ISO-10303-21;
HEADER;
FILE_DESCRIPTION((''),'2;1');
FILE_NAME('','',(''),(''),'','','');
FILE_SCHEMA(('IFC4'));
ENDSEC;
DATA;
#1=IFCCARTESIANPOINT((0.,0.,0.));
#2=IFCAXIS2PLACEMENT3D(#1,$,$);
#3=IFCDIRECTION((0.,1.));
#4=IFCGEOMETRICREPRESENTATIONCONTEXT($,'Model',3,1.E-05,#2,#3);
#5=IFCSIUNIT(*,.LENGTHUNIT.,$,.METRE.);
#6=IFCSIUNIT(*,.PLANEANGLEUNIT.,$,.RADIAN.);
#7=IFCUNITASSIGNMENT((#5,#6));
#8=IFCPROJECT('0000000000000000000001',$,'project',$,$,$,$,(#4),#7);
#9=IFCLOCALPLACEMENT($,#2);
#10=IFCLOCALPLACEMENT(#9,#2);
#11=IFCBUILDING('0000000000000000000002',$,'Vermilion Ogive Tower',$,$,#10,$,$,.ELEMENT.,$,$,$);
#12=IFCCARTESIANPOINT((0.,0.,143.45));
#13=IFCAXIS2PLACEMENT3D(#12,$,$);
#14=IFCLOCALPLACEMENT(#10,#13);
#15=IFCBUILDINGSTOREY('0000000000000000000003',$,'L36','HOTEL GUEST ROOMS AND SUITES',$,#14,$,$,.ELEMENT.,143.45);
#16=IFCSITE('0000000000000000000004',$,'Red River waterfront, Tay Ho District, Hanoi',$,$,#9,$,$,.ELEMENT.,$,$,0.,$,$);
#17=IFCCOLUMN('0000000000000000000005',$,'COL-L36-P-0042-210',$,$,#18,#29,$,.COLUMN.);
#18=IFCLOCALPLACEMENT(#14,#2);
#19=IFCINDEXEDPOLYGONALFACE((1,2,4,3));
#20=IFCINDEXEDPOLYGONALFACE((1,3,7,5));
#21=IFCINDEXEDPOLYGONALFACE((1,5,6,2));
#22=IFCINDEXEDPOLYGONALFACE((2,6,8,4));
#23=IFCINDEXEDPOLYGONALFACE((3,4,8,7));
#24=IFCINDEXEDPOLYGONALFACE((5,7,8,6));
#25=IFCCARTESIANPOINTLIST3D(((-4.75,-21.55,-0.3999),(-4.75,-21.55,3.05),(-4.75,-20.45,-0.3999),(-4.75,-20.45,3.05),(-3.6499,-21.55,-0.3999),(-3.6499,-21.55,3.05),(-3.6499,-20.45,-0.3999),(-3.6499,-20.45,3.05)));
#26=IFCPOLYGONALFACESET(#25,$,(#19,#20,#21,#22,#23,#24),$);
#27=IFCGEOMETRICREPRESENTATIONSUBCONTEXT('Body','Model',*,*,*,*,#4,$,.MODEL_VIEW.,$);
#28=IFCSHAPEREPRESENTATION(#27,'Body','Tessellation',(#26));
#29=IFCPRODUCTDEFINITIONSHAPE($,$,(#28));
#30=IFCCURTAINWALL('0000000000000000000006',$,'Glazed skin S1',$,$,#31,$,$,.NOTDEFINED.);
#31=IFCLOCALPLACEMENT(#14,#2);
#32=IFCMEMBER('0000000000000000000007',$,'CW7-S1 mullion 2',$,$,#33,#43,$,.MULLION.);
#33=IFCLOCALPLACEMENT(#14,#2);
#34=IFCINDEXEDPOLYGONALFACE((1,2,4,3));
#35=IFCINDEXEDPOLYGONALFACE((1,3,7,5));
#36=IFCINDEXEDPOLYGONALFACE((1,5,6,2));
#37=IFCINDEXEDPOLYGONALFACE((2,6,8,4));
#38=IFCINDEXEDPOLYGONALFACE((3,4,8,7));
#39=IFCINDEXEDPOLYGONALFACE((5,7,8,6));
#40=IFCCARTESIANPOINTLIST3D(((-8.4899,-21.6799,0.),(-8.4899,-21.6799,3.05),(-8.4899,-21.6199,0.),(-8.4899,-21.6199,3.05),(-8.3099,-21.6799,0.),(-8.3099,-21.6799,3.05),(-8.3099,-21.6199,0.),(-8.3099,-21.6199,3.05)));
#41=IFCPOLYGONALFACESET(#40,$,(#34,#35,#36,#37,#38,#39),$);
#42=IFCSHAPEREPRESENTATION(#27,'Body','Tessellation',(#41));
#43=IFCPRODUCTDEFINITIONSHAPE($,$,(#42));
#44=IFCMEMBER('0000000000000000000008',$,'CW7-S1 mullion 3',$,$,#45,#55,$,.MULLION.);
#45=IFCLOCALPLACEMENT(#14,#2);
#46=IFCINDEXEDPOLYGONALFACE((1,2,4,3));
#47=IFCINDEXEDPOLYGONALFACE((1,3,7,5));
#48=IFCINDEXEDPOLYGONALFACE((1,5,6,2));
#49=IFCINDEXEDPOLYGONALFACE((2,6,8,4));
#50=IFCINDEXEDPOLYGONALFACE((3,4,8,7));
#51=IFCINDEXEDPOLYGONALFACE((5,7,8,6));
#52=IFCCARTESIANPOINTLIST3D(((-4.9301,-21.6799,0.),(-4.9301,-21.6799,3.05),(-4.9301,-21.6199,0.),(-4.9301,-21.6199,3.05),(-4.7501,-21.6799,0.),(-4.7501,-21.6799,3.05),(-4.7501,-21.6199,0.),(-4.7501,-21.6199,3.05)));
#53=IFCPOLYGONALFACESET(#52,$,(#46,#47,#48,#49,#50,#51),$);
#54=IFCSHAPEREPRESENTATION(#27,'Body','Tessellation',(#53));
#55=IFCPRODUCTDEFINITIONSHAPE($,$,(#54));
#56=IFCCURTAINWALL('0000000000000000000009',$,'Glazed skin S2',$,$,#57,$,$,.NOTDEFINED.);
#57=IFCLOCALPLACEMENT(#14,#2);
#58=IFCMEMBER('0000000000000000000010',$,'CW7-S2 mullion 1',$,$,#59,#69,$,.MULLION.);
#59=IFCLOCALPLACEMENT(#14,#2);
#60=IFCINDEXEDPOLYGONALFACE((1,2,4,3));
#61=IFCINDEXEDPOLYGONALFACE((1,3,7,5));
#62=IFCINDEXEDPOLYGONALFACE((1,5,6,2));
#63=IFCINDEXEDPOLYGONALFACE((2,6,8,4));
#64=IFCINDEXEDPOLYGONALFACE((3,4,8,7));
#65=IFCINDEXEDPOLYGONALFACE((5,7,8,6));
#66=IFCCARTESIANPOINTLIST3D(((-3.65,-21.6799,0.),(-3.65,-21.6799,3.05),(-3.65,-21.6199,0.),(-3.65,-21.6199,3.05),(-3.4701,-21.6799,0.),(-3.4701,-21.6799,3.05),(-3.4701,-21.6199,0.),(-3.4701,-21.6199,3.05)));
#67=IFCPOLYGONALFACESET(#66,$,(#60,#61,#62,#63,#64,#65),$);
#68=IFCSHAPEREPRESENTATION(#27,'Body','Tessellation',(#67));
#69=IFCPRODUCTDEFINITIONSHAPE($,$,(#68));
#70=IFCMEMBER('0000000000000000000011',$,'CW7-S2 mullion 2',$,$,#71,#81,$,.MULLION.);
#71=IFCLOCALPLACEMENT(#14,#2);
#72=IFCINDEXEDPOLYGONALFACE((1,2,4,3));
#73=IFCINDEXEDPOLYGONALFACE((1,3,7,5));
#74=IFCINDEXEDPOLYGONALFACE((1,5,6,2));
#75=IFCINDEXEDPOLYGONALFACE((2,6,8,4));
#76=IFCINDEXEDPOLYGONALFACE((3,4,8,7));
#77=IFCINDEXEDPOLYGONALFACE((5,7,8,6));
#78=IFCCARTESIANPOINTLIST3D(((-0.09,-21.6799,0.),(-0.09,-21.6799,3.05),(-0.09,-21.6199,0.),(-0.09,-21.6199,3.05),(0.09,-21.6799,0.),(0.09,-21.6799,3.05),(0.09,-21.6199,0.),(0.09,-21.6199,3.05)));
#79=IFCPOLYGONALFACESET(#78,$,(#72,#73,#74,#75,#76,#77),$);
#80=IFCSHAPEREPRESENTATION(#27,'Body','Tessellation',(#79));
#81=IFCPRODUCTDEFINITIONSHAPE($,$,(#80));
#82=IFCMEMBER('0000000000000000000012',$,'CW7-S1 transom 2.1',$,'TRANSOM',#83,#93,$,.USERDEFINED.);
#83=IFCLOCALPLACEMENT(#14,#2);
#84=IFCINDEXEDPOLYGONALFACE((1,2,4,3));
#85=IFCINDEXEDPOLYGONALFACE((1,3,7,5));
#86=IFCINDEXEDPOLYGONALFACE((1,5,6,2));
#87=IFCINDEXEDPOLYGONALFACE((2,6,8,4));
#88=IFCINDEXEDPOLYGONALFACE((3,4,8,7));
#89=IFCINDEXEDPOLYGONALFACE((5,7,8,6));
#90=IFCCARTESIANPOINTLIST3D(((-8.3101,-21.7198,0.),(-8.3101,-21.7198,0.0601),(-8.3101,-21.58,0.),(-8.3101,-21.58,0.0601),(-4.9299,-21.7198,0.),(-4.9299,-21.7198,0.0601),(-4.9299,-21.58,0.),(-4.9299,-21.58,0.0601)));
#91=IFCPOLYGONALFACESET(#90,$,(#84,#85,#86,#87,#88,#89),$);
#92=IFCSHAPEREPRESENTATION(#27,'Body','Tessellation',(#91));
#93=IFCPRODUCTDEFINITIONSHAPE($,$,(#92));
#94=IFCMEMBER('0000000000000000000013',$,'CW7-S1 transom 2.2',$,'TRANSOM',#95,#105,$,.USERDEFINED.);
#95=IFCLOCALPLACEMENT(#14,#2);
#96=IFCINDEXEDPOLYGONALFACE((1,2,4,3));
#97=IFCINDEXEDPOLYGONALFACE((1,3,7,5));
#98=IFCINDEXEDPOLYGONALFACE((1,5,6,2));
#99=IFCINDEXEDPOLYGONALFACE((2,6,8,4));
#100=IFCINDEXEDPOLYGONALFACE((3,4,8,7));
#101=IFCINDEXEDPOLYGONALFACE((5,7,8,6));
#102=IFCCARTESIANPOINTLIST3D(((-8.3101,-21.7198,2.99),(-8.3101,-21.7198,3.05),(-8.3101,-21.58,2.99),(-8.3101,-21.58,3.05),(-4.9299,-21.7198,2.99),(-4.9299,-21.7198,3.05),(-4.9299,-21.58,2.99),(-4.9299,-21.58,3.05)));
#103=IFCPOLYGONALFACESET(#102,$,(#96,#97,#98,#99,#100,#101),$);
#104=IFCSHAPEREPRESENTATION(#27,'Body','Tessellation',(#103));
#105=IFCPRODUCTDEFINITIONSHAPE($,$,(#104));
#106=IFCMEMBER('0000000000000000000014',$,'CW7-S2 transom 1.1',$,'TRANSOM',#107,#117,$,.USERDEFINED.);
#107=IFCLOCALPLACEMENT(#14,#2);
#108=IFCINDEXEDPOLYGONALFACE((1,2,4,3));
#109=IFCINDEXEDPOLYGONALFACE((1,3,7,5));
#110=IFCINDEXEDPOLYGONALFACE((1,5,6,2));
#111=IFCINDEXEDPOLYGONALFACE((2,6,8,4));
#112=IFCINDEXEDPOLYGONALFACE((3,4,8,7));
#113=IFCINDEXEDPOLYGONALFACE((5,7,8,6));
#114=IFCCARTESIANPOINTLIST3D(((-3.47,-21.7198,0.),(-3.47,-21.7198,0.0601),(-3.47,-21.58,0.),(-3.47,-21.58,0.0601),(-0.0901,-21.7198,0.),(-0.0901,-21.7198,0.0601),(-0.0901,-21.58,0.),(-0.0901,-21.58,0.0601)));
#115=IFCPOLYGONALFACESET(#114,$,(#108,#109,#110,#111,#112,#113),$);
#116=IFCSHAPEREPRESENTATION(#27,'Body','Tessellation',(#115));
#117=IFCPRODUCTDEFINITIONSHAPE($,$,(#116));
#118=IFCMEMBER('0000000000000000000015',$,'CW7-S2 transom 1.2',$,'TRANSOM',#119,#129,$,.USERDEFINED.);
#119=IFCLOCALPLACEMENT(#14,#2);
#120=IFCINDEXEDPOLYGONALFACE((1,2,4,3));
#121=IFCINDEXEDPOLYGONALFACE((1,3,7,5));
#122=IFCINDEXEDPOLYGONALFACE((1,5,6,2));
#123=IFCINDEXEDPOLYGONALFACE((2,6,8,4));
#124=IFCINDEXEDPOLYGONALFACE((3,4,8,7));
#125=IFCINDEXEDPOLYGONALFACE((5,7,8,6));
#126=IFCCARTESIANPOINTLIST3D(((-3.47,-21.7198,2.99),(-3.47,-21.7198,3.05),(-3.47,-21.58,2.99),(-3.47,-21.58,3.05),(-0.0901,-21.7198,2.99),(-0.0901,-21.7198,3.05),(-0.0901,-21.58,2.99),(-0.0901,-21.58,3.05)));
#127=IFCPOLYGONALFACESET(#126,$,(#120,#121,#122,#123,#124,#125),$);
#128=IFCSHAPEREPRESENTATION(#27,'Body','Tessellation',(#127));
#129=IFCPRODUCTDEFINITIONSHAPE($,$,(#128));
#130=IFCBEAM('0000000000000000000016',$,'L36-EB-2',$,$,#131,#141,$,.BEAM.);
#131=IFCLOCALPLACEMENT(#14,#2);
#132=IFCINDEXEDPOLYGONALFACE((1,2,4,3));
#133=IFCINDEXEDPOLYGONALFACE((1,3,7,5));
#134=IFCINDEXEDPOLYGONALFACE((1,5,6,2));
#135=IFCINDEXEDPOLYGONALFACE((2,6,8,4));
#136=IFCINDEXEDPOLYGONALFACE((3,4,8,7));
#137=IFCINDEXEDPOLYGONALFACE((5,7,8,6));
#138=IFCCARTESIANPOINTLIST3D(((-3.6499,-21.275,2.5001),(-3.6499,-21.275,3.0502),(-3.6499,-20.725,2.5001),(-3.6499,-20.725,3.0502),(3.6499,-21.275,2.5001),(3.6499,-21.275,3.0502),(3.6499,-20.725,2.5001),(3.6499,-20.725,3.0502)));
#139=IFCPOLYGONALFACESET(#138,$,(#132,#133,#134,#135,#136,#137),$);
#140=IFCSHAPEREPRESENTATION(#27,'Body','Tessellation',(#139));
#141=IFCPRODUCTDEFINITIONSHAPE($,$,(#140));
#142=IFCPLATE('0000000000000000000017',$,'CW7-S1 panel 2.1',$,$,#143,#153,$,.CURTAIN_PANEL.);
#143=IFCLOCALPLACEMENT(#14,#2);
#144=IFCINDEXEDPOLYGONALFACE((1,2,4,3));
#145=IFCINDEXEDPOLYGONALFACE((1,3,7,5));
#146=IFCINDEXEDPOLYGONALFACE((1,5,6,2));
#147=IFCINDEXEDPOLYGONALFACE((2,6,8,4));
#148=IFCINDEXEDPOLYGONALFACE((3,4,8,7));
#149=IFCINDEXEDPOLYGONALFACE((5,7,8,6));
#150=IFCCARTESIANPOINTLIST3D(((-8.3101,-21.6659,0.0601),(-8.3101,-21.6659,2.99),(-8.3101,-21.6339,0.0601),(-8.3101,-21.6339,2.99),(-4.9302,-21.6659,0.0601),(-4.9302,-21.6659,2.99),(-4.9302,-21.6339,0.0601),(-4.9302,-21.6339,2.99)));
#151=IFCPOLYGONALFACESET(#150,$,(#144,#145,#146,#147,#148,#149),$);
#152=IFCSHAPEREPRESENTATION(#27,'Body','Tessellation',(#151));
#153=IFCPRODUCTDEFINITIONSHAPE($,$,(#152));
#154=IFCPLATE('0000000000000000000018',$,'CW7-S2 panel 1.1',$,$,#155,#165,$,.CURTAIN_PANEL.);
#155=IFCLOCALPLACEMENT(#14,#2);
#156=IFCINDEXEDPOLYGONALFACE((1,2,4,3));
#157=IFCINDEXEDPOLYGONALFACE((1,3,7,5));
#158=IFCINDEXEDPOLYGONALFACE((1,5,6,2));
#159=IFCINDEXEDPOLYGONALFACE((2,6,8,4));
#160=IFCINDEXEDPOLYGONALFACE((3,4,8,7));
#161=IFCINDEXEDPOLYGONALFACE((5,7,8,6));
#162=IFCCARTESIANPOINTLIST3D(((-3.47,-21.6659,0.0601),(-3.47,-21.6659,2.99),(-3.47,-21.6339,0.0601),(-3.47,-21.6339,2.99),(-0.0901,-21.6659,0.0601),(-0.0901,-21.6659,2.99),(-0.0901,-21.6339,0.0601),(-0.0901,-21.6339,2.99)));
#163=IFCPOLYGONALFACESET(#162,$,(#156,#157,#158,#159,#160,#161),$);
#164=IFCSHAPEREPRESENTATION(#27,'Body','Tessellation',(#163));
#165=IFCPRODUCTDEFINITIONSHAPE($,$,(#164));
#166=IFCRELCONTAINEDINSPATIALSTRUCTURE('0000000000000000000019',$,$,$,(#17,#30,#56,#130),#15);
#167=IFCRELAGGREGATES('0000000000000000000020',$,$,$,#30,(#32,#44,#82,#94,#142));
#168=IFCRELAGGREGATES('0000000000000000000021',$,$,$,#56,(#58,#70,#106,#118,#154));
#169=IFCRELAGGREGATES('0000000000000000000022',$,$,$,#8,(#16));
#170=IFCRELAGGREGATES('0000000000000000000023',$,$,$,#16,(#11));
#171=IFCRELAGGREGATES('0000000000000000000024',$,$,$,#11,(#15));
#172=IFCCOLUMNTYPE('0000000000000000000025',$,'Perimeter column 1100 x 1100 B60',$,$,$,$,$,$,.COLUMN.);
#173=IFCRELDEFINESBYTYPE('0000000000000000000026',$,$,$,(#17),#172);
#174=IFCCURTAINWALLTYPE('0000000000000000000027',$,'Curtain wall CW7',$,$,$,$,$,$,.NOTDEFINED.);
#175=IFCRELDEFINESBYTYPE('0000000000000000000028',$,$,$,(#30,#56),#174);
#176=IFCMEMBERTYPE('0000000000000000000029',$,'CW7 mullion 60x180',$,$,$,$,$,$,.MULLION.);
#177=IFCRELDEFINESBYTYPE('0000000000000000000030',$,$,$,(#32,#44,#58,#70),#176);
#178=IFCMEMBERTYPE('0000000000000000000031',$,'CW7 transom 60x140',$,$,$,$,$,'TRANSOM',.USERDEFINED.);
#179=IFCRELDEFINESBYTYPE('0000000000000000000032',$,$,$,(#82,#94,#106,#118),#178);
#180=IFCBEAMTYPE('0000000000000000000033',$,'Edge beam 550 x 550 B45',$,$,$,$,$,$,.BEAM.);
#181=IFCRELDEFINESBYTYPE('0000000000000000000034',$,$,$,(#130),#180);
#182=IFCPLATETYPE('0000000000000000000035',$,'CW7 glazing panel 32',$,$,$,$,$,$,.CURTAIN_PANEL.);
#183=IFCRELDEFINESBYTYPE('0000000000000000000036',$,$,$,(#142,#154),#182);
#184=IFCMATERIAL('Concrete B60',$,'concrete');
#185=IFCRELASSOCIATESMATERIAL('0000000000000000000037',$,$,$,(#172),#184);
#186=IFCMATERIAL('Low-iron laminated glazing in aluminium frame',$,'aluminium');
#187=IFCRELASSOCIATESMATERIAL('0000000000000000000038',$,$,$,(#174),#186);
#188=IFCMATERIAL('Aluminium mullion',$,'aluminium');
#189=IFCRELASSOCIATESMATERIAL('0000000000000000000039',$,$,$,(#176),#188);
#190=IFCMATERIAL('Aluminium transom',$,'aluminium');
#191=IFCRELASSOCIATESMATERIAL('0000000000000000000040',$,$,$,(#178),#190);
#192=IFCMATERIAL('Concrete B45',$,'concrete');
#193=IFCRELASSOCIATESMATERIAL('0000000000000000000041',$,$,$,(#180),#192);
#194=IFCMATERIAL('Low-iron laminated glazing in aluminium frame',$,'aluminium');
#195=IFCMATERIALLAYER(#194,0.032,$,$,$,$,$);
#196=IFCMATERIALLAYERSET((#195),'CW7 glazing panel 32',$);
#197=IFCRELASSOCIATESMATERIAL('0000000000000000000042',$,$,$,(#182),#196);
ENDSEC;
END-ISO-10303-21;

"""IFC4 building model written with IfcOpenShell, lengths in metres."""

from ifc_helpers import new_model, si_unit, direction, frame, origin, origin_2d, place, context, subcontext, project, spatial, rectangle, extrude, material, layer, layer_set, material_profile, profile_set, type_object, element, aggregate, save


model = new_model("IFC4")

# Units and contexts
model_context = context("Model", 3, precision=1e-05, world=origin(), true_north=direction((0.0, 1.0)))
body_context = subcontext(model_context, "Body", "Model", "MODEL_VIEW")
ifc_project = project(units=[si_unit("LENGTHUNIT", "METRE"), si_unit("PLANEANGLEUNIT", "RADIAN")], contexts=[model_context])

# Site, building, storey
site_placement = place(None, origin())
site = spatial("IfcSite", under=ifc_project, at=site_placement, Name="Red River waterfront, Tay Ho District, Hanoi", CompositionType="ELEMENT", RefElevation=0.0)
building_placement = place(site_placement, origin())
building = spatial("IfcBuilding", under=site, at=building_placement, Name="Vermilion Ogive Tower", CompositionType="ELEMENT")
storey_placement = place(building_placement, frame((0.0, 0.0, 143.45)))
storey = spatial("IfcBuildingStorey", under=building, at=storey_placement, Name="L36", Description="HOTEL GUEST ROOMS AND SUITES", CompositionType="ELEMENT", Elevation=143.45)

# Column
ifc_material_1 = material(Name="Concrete B60", Category="concrete")
ifc_material_profile_1 = material_profile(ifc_material_1, rectangle(XDim=1.1001, YDim=1.1001, at=origin_2d()), Name="1100 x 1100")
ifc_profile_set_1 = profile_set([ifc_material_profile_1], Name="Concrete B60")
column_type = type_object("IfcColumnType", Name="Perimeter column 1100 x 1100 B60", PredefinedType="COLUMN", material=ifc_profile_set_1)
column_placement = place(storey_placement, frame((-4.2, -21.0, -0.3999), z_axis=(0.0, 0.0, 1.0), x_axis=(1.0, 0.0, 0.0)))
element("IfcColumn", 1, at=column_placement, inside=storey, type_object=column_type, Name="COL-L36-P-0042-210", PredefinedType="COLUMN", context=body_context, shape_type="SweptSolid", body=[
    extrude(rectangle(XDim=1.1001, YDim=1.1001, at=origin_2d()), origin(), (0.0, 0.0, 1.0), 3.45),
])

# Curtain walls, members
ifc_material_2 = material(Name="Low-iron laminated glazing in aluminium frame", Category="aluminium")
curtain_wall_type = type_object("IfcCurtainWallType", Name="Curtain wall CW7", PredefinedType="NOTDEFINED", material=ifc_material_2)
curtain_wall_1_placement = place(storey_placement, origin())
curtain_wall_1 = element("IfcCurtainWall", 2, at=curtain_wall_1_placement, inside=storey, type_object=curtain_wall_type, Name="Glazed skin S1", PredefinedType="NOTDEFINED")
ifc_material_3 = material(Name="Aluminium mullion", Category="aluminium")
ifc_material_profile_2 = material_profile(ifc_material_3, rectangle(XDim=0.0601, YDim=0.1799, at=origin_2d()), Name="AL 60x180")
ifc_profile_set_2 = profile_set([ifc_material_profile_2], Name="Aluminium mullion")
member_type_1 = type_object("IfcMemberType", Name="CW7 mullion 60x180", PredefinedType="MULLION", material=ifc_profile_set_2)
member_1_placement = place(storey_placement, frame((-8.3999, -21.6499, 0.0), z_axis=(0.0, 0.0, 1.0), x_axis=(0.0, 1.0, 0.0)))
member_1 = element("IfcMember", 3, at=member_1_placement, type_object=member_type_1, Name="CW7-S1 mullion 2", PredefinedType="MULLION", context=body_context, shape_type="SweptSolid", body=[
    extrude(rectangle(XDim=0.0601, YDim=0.1799, at=origin_2d()), origin(), (0.0, 0.0, 1.0), 3.05),
])
member_2_placement = place(storey_placement, frame((-4.8401, -21.6499, 0.0), z_axis=(0.0, 0.0, 1.0), x_axis=(0.0, 1.0, 0.0)))
member_2 = element("IfcMember", 4, at=member_2_placement, type_object=member_type_1, Name="CW7-S1 mullion 3", PredefinedType="MULLION", context=body_context, shape_type="SweptSolid", body=[
    extrude(rectangle(XDim=0.0601, YDim=0.1799, at=origin_2d()), origin(), (0.0, 0.0, 1.0), 3.05),
])
curtain_wall_2_placement = place(storey_placement, origin())
curtain_wall_2 = element("IfcCurtainWall", 5, at=curtain_wall_2_placement, inside=storey, type_object=curtain_wall_type, Name="Glazed skin S2", PredefinedType="NOTDEFINED")
member_3_placement = place(storey_placement, frame((-3.5601, -21.6499, 0.0), z_axis=(0.0, 0.0, 1.0), x_axis=(0.0, 1.0, 0.0)))
member_3 = element("IfcMember", 6, at=member_3_placement, type_object=member_type_1, Name="CW7-S2 mullion 1", PredefinedType="MULLION", context=body_context, shape_type="SweptSolid", body=[
    extrude(rectangle(XDim=0.0601, YDim=0.1799, at=origin_2d()), origin(), (0.0, 0.0, 1.0), 3.05),
])
member_4_placement = place(storey_placement, frame((0.0, -21.6499, 0.0), z_axis=(0.0, 0.0, 1.0), x_axis=(0.0, 1.0, 0.0)))
member_4 = element("IfcMember", 7, at=member_4_placement, type_object=member_type_1, Name="CW7-S2 mullion 2", PredefinedType="MULLION", context=body_context, shape_type="SweptSolid", body=[
    extrude(rectangle(XDim=0.0601, YDim=0.1799, at=origin_2d()), origin(), (0.0, 0.0, 1.0), 3.05),
])

# Members
ifc_material_4 = material(Name="Aluminium transom", Category="aluminium")
ifc_material_profile_3 = material_profile(ifc_material_4, rectangle(XDim=0.1399, YDim=0.0601, at=origin_2d()), Name="AL 60x140")
ifc_profile_set_3 = profile_set([ifc_material_profile_3], Name="Aluminium transom")
member_type_2 = type_object("IfcMemberType", Name="CW7 transom 60x140", ElementType="TRANSOM", PredefinedType="USERDEFINED", material=ifc_profile_set_3)
member_5_placement = place(storey_placement, frame((-8.3101, -21.6499, 0.03), z_axis=(1.0, 0.0, 0.0), x_axis=(0.0, 1.0, 0.0)))
member_5 = element("IfcMember", 8, at=member_5_placement, type_object=member_type_2, Name="CW7-S1 transom 2.1", ObjectType="TRANSOM", PredefinedType="USERDEFINED", context=body_context, shape_type="SweptSolid", body=[
    extrude(rectangle(XDim=0.1399, YDim=0.0601, at=origin_2d()), origin(), (0.0, 0.0, 1.0), 3.3801),
])
member_6_placement = place(storey_placement, frame((-8.3101, -21.6499, 3.02), z_axis=(1.0, 0.0, 0.0), x_axis=(0.0, 1.0, 0.0)))
member_6 = element("IfcMember", 9, at=member_6_placement, type_object=member_type_2, Name="CW7-S1 transom 2.2", ObjectType="TRANSOM", PredefinedType="USERDEFINED", context=body_context, shape_type="SweptSolid", body=[
    extrude(rectangle(XDim=0.1399, YDim=0.0601, at=origin_2d()), origin(), (0.0, 0.0, 1.0), 3.3801),
])
member_7_placement = place(storey_placement, frame((-3.47, -21.6499, 0.03), z_axis=(1.0, 0.0, 0.0), x_axis=(0.0, 1.0, 0.0)))
member_7 = element("IfcMember", 10, at=member_7_placement, type_object=member_type_2, Name="CW7-S2 transom 1.1", ObjectType="TRANSOM", PredefinedType="USERDEFINED", context=body_context, shape_type="SweptSolid", body=[
    extrude(rectangle(XDim=0.1399, YDim=0.0601, at=origin_2d()), origin(), (0.0, 0.0, 1.0), 3.3799),
])
member_8_placement = place(storey_placement, frame((-3.47, -21.6499, 3.02), z_axis=(1.0, 0.0, 0.0), x_axis=(0.0, 1.0, 0.0)))
member_8 = element("IfcMember", 11, at=member_8_placement, type_object=member_type_2, Name="CW7-S2 transom 1.2", ObjectType="TRANSOM", PredefinedType="USERDEFINED", context=body_context, shape_type="SweptSolid", body=[
    extrude(rectangle(XDim=0.1399, YDim=0.0601, at=origin_2d()), origin(), (0.0, 0.0, 1.0), 3.3799),
])

# Beam
ifc_material_5 = material(Name="Concrete B45", Category="concrete")
ifc_material_profile_4 = material_profile(ifc_material_5, rectangle(XDim=0.55, YDim=0.55, at=origin_2d()), Name="550 x 550")
ifc_profile_set_4 = profile_set([ifc_material_profile_4], Name="Concrete B45")
beam_type = type_object("IfcBeamType", Name="Edge beam 550 x 550 B45", PredefinedType="BEAM", material=ifc_profile_set_4)
beam_placement = place(storey_placement, frame((-3.6499, -21.0, 2.7751), z_axis=(1.0, 0.0, 0.0), x_axis=(0.0, 1.0, 0.0)))
element("IfcBeam", 12, at=beam_placement, inside=storey, type_object=beam_type, Name="L36-EB-2", PredefinedType="BEAM", context=body_context, shape_type="SweptSolid", body=[
    extrude(rectangle(XDim=0.55, YDim=0.55, at=origin_2d()), origin(), (0.0, 0.0, 1.0), 7.2998),
])

# Plates
ifc_material_6 = material(Name="Low-iron laminated glazing in aluminium frame", Category="aluminium")
ifc_layer_1 = layer(ifc_material_6, 0.032)
ifc_layer_set_1 = layer_set([ifc_layer_1], Name="CW7 glazing panel 32")
plate_type = type_object("IfcPlateType", Name="CW7 glazing panel 32", PredefinedType="CURTAIN_PANEL", material=ifc_layer_set_1)
plate_1_placement = place(storey_placement, frame((-6.6201, -21.6499, 0.0601), z_axis=(0.0, 0.0, 1.0), x_axis=(1.0, 0.0, 0.0)))
plate_1 = element("IfcPlate", 13, at=plate_1_placement, type_object=plate_type, Name="CW7-S1 panel 2.1", PredefinedType="CURTAIN_PANEL", context=body_context, shape_type="SweptSolid", body=[
    extrude(rectangle(XDim=3.3799, YDim=0.032, at=origin_2d()), origin(), (0.0, 0.0, 1.0), 2.9299),
])
aggregate(curtain_wall_1, [member_1, member_2, member_5, member_6, plate_1])
plate_2_placement = place(storey_placement, frame((-1.78, -21.6499, 0.0601), z_axis=(0.0, 0.0, 1.0), x_axis=(1.0, 0.0, 0.0)))
plate_2 = element("IfcPlate", 14, at=plate_2_placement, type_object=plate_type, Name="CW7-S2 panel 1.1", PredefinedType="CURTAIN_PANEL", context=body_context, shape_type="SweptSolid", body=[
    extrude(rectangle(XDim=3.3799, YDim=0.032, at=origin_2d()), origin(), (0.0, 0.0, 1.0), 2.9299),
])
aggregate(curtain_wall_2, [member_3, member_4, member_7, member_8, plate_2])

save(model, "model.ifc")
